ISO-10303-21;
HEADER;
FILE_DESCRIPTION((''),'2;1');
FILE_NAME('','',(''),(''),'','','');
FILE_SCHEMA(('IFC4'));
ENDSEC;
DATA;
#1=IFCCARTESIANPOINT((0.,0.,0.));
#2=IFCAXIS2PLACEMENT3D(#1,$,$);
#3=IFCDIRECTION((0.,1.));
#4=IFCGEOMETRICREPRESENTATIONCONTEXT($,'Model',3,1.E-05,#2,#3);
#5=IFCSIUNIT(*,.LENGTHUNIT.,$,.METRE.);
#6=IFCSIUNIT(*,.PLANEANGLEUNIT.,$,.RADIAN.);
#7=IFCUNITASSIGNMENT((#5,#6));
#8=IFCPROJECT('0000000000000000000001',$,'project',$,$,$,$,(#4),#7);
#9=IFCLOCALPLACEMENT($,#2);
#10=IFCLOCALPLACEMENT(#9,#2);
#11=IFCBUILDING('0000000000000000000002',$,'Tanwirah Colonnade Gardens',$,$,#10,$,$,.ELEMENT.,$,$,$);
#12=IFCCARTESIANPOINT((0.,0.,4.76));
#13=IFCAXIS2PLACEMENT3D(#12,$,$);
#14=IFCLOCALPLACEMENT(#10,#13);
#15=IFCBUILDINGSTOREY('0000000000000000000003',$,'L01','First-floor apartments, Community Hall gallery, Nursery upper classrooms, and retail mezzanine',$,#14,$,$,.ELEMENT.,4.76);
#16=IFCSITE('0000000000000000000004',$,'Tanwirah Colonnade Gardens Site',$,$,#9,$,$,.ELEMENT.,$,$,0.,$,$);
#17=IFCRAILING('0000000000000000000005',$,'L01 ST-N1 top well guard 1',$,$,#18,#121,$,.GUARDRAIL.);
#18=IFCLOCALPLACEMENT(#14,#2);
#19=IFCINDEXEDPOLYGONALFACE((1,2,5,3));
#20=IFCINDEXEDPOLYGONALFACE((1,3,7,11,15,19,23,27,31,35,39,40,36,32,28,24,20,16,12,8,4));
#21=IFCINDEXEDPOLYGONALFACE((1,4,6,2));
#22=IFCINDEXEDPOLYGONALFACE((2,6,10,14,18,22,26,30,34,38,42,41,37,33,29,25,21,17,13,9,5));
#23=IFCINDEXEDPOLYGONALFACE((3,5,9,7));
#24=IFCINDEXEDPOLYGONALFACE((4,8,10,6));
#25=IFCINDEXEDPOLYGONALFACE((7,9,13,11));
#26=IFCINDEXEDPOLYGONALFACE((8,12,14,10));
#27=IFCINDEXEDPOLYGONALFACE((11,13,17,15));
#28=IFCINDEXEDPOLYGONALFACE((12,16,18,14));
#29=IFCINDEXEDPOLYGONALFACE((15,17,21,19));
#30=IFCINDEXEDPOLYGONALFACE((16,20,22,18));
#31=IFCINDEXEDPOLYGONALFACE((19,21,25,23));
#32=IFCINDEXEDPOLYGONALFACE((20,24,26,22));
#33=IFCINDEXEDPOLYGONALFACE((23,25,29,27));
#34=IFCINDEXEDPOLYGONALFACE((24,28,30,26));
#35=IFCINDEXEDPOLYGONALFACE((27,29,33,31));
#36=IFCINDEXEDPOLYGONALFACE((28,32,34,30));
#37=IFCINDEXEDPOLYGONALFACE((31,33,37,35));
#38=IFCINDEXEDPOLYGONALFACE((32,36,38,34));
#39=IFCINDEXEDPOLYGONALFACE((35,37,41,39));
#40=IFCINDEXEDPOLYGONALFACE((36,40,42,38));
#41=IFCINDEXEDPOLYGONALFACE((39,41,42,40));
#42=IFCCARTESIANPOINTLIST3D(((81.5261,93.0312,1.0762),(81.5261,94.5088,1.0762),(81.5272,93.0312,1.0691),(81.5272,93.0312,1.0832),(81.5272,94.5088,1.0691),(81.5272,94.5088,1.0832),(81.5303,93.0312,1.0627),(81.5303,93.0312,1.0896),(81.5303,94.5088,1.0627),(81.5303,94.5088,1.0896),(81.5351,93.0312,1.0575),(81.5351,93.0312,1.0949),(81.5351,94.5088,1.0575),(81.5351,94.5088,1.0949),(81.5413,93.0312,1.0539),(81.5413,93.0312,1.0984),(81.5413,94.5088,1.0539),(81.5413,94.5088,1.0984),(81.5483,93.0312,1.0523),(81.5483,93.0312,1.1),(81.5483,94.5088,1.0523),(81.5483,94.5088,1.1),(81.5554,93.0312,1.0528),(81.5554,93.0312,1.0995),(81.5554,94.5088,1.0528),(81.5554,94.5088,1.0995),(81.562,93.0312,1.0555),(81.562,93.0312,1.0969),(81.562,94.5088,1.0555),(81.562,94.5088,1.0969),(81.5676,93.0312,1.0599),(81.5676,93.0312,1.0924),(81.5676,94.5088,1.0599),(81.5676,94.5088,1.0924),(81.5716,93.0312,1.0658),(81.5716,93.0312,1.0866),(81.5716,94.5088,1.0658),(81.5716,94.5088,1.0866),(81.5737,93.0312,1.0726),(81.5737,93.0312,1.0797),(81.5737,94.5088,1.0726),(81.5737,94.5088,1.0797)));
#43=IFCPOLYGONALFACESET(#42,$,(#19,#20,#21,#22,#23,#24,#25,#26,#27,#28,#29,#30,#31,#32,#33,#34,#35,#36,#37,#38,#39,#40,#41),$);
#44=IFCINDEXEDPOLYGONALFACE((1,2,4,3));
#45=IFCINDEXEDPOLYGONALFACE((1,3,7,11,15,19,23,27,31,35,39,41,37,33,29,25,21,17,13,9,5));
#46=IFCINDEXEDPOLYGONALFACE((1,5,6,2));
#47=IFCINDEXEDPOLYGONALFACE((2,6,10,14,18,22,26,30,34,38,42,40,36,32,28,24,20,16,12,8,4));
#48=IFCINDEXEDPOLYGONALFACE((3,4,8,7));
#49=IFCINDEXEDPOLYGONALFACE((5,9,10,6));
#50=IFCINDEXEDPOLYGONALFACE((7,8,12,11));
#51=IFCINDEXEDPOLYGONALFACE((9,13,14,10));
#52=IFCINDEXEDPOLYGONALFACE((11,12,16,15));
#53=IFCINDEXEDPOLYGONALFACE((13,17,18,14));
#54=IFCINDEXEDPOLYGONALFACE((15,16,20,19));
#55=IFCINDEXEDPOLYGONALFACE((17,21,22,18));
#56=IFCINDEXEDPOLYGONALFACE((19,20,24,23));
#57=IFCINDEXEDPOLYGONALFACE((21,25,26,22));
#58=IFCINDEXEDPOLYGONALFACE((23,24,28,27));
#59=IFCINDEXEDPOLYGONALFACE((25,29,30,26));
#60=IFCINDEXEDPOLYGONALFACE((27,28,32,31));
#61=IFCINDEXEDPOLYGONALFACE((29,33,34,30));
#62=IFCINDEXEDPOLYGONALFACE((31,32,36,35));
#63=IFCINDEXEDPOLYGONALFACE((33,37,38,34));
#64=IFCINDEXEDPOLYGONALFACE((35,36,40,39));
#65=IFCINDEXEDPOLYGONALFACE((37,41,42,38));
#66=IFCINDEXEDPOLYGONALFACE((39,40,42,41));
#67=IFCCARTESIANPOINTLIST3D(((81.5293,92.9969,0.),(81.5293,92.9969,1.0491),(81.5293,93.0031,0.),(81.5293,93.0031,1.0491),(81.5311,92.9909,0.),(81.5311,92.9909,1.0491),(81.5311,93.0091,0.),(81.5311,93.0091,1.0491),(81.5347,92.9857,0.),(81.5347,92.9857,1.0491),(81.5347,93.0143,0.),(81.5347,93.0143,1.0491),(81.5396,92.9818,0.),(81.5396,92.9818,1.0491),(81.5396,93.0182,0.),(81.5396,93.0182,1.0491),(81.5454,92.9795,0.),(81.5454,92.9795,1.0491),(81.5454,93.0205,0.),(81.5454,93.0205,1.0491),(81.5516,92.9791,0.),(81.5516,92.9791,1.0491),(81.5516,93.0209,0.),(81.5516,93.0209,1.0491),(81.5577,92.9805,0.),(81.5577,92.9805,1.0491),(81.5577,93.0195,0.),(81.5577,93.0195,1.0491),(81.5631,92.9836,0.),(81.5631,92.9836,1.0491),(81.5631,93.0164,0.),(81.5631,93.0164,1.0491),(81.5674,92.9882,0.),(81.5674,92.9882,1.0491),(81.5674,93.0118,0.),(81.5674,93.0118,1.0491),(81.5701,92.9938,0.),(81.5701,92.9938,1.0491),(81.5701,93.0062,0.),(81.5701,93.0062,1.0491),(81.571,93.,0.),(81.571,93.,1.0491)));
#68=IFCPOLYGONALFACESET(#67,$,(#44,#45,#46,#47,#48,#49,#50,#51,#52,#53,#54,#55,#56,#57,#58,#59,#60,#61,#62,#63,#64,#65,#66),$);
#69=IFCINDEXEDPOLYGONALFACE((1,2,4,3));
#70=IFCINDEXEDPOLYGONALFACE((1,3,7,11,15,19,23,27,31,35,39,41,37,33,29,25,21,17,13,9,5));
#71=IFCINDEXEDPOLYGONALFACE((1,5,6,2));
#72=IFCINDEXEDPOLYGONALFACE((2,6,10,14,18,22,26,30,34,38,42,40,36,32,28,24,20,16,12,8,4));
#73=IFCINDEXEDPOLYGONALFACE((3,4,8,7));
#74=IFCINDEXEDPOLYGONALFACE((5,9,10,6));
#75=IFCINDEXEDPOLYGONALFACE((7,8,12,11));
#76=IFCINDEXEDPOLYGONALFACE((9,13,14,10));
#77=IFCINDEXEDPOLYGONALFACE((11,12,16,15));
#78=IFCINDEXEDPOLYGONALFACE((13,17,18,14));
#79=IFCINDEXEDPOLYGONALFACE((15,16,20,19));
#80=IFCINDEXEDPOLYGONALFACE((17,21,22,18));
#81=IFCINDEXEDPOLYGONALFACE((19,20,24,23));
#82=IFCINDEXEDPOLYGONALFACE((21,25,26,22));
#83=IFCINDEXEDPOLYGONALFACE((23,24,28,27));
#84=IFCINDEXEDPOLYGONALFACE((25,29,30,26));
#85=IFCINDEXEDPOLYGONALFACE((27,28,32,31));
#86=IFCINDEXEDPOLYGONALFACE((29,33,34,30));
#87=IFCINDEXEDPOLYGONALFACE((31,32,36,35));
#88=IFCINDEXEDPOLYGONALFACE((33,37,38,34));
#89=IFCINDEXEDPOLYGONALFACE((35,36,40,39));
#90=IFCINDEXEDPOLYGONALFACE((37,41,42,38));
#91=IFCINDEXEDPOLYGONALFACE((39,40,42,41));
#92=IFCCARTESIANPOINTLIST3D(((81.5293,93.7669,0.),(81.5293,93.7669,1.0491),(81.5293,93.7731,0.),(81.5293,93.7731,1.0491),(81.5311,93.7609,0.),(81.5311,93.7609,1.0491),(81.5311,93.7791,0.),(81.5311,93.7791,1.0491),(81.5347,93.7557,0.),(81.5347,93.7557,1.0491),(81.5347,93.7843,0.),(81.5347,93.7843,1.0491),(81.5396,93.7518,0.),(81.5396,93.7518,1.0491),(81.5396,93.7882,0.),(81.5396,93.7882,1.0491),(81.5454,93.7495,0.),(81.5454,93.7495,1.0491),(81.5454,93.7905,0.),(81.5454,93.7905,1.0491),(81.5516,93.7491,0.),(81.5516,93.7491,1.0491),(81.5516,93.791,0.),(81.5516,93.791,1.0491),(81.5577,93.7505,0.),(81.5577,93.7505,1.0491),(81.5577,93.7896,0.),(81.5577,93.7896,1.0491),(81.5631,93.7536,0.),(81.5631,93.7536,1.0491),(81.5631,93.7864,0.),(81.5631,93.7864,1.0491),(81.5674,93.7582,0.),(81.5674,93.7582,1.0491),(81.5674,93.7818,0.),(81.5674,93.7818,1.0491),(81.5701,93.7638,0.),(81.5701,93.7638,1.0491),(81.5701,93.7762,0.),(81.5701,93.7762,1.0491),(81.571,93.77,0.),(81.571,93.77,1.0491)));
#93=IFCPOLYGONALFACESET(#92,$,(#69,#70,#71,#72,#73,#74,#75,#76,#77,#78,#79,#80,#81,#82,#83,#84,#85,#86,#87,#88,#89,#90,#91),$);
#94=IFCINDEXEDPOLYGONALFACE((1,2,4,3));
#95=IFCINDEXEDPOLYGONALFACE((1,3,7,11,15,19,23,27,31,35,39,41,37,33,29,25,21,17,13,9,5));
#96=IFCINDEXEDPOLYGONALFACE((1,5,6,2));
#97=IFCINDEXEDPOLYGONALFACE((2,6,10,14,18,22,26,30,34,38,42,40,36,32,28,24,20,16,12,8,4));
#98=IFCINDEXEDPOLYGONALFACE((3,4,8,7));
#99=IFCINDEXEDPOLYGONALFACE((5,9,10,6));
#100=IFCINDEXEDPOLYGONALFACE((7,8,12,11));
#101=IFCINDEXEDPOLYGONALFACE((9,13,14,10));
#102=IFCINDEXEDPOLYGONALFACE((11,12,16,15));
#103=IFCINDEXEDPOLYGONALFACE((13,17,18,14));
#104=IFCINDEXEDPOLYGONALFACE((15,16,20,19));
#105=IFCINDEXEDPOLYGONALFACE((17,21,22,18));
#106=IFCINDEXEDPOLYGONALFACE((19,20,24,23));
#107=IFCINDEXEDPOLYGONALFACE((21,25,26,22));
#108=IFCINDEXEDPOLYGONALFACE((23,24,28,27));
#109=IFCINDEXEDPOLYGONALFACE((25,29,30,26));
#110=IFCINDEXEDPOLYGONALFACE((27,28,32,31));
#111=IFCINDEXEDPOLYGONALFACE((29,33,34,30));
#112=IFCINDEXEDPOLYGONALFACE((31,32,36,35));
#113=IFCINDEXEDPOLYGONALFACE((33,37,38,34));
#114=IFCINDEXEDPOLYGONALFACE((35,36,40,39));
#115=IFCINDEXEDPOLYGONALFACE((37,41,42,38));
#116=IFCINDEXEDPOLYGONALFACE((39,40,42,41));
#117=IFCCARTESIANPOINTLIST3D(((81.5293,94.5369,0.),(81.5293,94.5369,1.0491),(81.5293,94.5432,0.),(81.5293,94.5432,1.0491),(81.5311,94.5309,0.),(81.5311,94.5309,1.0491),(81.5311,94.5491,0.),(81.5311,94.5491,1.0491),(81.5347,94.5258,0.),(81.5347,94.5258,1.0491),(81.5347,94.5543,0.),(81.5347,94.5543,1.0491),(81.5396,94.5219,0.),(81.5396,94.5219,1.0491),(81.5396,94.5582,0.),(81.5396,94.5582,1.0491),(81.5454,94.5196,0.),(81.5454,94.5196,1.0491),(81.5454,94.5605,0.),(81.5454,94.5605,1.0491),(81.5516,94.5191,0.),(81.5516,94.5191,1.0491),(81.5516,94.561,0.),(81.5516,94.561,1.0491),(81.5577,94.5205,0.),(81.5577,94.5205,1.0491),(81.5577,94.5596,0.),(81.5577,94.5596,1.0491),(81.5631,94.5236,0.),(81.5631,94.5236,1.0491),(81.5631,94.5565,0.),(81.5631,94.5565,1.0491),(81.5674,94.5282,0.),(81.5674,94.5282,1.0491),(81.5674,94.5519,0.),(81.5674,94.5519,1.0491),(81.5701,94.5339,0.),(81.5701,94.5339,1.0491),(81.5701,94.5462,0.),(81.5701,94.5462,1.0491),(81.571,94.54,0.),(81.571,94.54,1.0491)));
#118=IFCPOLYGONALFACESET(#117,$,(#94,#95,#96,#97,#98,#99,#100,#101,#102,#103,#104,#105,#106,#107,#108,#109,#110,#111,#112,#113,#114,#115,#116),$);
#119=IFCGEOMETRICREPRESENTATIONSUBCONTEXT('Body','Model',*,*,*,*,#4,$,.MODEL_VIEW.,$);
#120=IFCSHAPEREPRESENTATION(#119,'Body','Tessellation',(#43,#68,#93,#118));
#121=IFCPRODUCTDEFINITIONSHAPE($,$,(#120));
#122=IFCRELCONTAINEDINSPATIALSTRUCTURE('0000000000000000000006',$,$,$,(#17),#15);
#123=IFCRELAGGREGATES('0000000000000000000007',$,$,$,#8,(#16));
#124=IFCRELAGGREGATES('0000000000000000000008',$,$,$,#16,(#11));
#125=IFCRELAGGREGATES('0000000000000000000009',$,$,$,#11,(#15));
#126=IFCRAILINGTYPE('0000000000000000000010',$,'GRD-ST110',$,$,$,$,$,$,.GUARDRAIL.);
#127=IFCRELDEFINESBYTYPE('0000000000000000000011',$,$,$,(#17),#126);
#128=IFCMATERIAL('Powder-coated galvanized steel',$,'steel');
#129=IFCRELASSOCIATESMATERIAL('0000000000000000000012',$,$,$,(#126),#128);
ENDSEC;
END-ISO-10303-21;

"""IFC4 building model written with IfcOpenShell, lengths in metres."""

from ifc_helpers import new_model, si_unit, direction, frame, origin, origin_2d, place, context, subcontext, project, spatial, circle, extrude, material, type_object, element, save


model = new_model("IFC4")

# Units and contexts
model_context = context("Model", 3, precision=1e-05, world=origin(), true_north=direction((0.0, 1.0)))
body_context = subcontext(model_context, "Body", "Model", "MODEL_VIEW")
ifc_project = project(units=[si_unit("LENGTHUNIT", "METRE"), si_unit("PLANEANGLEUNIT", "RADIAN")], contexts=[model_context])

# Site, building, storey
site_placement = place(None, origin())
site = spatial("IfcSite", under=ifc_project, at=site_placement, Name="Tanwirah Colonnade Gardens Site", CompositionType="ELEMENT", RefElevation=0.0)
building_placement = place(site_placement, origin())
building = spatial("IfcBuilding", under=site, at=building_placement, Name="Tanwirah Colonnade Gardens", CompositionType="ELEMENT")
storey_placement = place(building_placement, frame((0.0, 0.0, 4.76)))
storey = spatial("IfcBuildingStorey", under=building, at=storey_placement, Name="L01", Description="First-floor apartments, Community Hall gallery, Nursery upper classrooms, and retail mezzanine", CompositionType="ELEMENT", Elevation=4.76)

# Railing
ifc_material_1 = material(Name="Powder-coated galvanized steel", Category="steel")
railing_type_1 = type_object("IfcRailingType", Name="GRD-ST110", PredefinedType="GUARDRAIL", material=ifc_material_1)
railing_1_placement = place(storey_placement, frame((81.55, 93.0, 0.0)))
element("IfcRailing", 1, at=railing_1_placement, inside=storey, type_object=railing_type_1, Name="L01 ST-N1 top well guard 1", PredefinedType="GUARDRAIL", context=body_context, shape_type="SweptSolid", body=[
    extrude(circle(Radius=0.0239, at=origin_2d()), frame((0.0, 0.0312, 1.0762), z_axis=(0.0, 1.0, 0.0), x_axis=(-1.0, 0.0, 0.0)), (0.0, 0.0, 1.0), 1.4775),
    extrude(circle(Radius=0.021, at=origin_2d()), origin(), (0.0, 0.0, 1.0), 1.0491),
    extrude(circle(Radius=0.021, at=origin_2d()), frame((0.0, 0.77, 0.0)), (0.0, 0.0, 1.0), 1.0491),
    extrude(circle(Radius=0.021, at=origin_2d()), frame((0.0, 1.54, 0.0)), (0.0, 0.0, 1.0), 1.0491),
])

save(model, "model.ifc")
